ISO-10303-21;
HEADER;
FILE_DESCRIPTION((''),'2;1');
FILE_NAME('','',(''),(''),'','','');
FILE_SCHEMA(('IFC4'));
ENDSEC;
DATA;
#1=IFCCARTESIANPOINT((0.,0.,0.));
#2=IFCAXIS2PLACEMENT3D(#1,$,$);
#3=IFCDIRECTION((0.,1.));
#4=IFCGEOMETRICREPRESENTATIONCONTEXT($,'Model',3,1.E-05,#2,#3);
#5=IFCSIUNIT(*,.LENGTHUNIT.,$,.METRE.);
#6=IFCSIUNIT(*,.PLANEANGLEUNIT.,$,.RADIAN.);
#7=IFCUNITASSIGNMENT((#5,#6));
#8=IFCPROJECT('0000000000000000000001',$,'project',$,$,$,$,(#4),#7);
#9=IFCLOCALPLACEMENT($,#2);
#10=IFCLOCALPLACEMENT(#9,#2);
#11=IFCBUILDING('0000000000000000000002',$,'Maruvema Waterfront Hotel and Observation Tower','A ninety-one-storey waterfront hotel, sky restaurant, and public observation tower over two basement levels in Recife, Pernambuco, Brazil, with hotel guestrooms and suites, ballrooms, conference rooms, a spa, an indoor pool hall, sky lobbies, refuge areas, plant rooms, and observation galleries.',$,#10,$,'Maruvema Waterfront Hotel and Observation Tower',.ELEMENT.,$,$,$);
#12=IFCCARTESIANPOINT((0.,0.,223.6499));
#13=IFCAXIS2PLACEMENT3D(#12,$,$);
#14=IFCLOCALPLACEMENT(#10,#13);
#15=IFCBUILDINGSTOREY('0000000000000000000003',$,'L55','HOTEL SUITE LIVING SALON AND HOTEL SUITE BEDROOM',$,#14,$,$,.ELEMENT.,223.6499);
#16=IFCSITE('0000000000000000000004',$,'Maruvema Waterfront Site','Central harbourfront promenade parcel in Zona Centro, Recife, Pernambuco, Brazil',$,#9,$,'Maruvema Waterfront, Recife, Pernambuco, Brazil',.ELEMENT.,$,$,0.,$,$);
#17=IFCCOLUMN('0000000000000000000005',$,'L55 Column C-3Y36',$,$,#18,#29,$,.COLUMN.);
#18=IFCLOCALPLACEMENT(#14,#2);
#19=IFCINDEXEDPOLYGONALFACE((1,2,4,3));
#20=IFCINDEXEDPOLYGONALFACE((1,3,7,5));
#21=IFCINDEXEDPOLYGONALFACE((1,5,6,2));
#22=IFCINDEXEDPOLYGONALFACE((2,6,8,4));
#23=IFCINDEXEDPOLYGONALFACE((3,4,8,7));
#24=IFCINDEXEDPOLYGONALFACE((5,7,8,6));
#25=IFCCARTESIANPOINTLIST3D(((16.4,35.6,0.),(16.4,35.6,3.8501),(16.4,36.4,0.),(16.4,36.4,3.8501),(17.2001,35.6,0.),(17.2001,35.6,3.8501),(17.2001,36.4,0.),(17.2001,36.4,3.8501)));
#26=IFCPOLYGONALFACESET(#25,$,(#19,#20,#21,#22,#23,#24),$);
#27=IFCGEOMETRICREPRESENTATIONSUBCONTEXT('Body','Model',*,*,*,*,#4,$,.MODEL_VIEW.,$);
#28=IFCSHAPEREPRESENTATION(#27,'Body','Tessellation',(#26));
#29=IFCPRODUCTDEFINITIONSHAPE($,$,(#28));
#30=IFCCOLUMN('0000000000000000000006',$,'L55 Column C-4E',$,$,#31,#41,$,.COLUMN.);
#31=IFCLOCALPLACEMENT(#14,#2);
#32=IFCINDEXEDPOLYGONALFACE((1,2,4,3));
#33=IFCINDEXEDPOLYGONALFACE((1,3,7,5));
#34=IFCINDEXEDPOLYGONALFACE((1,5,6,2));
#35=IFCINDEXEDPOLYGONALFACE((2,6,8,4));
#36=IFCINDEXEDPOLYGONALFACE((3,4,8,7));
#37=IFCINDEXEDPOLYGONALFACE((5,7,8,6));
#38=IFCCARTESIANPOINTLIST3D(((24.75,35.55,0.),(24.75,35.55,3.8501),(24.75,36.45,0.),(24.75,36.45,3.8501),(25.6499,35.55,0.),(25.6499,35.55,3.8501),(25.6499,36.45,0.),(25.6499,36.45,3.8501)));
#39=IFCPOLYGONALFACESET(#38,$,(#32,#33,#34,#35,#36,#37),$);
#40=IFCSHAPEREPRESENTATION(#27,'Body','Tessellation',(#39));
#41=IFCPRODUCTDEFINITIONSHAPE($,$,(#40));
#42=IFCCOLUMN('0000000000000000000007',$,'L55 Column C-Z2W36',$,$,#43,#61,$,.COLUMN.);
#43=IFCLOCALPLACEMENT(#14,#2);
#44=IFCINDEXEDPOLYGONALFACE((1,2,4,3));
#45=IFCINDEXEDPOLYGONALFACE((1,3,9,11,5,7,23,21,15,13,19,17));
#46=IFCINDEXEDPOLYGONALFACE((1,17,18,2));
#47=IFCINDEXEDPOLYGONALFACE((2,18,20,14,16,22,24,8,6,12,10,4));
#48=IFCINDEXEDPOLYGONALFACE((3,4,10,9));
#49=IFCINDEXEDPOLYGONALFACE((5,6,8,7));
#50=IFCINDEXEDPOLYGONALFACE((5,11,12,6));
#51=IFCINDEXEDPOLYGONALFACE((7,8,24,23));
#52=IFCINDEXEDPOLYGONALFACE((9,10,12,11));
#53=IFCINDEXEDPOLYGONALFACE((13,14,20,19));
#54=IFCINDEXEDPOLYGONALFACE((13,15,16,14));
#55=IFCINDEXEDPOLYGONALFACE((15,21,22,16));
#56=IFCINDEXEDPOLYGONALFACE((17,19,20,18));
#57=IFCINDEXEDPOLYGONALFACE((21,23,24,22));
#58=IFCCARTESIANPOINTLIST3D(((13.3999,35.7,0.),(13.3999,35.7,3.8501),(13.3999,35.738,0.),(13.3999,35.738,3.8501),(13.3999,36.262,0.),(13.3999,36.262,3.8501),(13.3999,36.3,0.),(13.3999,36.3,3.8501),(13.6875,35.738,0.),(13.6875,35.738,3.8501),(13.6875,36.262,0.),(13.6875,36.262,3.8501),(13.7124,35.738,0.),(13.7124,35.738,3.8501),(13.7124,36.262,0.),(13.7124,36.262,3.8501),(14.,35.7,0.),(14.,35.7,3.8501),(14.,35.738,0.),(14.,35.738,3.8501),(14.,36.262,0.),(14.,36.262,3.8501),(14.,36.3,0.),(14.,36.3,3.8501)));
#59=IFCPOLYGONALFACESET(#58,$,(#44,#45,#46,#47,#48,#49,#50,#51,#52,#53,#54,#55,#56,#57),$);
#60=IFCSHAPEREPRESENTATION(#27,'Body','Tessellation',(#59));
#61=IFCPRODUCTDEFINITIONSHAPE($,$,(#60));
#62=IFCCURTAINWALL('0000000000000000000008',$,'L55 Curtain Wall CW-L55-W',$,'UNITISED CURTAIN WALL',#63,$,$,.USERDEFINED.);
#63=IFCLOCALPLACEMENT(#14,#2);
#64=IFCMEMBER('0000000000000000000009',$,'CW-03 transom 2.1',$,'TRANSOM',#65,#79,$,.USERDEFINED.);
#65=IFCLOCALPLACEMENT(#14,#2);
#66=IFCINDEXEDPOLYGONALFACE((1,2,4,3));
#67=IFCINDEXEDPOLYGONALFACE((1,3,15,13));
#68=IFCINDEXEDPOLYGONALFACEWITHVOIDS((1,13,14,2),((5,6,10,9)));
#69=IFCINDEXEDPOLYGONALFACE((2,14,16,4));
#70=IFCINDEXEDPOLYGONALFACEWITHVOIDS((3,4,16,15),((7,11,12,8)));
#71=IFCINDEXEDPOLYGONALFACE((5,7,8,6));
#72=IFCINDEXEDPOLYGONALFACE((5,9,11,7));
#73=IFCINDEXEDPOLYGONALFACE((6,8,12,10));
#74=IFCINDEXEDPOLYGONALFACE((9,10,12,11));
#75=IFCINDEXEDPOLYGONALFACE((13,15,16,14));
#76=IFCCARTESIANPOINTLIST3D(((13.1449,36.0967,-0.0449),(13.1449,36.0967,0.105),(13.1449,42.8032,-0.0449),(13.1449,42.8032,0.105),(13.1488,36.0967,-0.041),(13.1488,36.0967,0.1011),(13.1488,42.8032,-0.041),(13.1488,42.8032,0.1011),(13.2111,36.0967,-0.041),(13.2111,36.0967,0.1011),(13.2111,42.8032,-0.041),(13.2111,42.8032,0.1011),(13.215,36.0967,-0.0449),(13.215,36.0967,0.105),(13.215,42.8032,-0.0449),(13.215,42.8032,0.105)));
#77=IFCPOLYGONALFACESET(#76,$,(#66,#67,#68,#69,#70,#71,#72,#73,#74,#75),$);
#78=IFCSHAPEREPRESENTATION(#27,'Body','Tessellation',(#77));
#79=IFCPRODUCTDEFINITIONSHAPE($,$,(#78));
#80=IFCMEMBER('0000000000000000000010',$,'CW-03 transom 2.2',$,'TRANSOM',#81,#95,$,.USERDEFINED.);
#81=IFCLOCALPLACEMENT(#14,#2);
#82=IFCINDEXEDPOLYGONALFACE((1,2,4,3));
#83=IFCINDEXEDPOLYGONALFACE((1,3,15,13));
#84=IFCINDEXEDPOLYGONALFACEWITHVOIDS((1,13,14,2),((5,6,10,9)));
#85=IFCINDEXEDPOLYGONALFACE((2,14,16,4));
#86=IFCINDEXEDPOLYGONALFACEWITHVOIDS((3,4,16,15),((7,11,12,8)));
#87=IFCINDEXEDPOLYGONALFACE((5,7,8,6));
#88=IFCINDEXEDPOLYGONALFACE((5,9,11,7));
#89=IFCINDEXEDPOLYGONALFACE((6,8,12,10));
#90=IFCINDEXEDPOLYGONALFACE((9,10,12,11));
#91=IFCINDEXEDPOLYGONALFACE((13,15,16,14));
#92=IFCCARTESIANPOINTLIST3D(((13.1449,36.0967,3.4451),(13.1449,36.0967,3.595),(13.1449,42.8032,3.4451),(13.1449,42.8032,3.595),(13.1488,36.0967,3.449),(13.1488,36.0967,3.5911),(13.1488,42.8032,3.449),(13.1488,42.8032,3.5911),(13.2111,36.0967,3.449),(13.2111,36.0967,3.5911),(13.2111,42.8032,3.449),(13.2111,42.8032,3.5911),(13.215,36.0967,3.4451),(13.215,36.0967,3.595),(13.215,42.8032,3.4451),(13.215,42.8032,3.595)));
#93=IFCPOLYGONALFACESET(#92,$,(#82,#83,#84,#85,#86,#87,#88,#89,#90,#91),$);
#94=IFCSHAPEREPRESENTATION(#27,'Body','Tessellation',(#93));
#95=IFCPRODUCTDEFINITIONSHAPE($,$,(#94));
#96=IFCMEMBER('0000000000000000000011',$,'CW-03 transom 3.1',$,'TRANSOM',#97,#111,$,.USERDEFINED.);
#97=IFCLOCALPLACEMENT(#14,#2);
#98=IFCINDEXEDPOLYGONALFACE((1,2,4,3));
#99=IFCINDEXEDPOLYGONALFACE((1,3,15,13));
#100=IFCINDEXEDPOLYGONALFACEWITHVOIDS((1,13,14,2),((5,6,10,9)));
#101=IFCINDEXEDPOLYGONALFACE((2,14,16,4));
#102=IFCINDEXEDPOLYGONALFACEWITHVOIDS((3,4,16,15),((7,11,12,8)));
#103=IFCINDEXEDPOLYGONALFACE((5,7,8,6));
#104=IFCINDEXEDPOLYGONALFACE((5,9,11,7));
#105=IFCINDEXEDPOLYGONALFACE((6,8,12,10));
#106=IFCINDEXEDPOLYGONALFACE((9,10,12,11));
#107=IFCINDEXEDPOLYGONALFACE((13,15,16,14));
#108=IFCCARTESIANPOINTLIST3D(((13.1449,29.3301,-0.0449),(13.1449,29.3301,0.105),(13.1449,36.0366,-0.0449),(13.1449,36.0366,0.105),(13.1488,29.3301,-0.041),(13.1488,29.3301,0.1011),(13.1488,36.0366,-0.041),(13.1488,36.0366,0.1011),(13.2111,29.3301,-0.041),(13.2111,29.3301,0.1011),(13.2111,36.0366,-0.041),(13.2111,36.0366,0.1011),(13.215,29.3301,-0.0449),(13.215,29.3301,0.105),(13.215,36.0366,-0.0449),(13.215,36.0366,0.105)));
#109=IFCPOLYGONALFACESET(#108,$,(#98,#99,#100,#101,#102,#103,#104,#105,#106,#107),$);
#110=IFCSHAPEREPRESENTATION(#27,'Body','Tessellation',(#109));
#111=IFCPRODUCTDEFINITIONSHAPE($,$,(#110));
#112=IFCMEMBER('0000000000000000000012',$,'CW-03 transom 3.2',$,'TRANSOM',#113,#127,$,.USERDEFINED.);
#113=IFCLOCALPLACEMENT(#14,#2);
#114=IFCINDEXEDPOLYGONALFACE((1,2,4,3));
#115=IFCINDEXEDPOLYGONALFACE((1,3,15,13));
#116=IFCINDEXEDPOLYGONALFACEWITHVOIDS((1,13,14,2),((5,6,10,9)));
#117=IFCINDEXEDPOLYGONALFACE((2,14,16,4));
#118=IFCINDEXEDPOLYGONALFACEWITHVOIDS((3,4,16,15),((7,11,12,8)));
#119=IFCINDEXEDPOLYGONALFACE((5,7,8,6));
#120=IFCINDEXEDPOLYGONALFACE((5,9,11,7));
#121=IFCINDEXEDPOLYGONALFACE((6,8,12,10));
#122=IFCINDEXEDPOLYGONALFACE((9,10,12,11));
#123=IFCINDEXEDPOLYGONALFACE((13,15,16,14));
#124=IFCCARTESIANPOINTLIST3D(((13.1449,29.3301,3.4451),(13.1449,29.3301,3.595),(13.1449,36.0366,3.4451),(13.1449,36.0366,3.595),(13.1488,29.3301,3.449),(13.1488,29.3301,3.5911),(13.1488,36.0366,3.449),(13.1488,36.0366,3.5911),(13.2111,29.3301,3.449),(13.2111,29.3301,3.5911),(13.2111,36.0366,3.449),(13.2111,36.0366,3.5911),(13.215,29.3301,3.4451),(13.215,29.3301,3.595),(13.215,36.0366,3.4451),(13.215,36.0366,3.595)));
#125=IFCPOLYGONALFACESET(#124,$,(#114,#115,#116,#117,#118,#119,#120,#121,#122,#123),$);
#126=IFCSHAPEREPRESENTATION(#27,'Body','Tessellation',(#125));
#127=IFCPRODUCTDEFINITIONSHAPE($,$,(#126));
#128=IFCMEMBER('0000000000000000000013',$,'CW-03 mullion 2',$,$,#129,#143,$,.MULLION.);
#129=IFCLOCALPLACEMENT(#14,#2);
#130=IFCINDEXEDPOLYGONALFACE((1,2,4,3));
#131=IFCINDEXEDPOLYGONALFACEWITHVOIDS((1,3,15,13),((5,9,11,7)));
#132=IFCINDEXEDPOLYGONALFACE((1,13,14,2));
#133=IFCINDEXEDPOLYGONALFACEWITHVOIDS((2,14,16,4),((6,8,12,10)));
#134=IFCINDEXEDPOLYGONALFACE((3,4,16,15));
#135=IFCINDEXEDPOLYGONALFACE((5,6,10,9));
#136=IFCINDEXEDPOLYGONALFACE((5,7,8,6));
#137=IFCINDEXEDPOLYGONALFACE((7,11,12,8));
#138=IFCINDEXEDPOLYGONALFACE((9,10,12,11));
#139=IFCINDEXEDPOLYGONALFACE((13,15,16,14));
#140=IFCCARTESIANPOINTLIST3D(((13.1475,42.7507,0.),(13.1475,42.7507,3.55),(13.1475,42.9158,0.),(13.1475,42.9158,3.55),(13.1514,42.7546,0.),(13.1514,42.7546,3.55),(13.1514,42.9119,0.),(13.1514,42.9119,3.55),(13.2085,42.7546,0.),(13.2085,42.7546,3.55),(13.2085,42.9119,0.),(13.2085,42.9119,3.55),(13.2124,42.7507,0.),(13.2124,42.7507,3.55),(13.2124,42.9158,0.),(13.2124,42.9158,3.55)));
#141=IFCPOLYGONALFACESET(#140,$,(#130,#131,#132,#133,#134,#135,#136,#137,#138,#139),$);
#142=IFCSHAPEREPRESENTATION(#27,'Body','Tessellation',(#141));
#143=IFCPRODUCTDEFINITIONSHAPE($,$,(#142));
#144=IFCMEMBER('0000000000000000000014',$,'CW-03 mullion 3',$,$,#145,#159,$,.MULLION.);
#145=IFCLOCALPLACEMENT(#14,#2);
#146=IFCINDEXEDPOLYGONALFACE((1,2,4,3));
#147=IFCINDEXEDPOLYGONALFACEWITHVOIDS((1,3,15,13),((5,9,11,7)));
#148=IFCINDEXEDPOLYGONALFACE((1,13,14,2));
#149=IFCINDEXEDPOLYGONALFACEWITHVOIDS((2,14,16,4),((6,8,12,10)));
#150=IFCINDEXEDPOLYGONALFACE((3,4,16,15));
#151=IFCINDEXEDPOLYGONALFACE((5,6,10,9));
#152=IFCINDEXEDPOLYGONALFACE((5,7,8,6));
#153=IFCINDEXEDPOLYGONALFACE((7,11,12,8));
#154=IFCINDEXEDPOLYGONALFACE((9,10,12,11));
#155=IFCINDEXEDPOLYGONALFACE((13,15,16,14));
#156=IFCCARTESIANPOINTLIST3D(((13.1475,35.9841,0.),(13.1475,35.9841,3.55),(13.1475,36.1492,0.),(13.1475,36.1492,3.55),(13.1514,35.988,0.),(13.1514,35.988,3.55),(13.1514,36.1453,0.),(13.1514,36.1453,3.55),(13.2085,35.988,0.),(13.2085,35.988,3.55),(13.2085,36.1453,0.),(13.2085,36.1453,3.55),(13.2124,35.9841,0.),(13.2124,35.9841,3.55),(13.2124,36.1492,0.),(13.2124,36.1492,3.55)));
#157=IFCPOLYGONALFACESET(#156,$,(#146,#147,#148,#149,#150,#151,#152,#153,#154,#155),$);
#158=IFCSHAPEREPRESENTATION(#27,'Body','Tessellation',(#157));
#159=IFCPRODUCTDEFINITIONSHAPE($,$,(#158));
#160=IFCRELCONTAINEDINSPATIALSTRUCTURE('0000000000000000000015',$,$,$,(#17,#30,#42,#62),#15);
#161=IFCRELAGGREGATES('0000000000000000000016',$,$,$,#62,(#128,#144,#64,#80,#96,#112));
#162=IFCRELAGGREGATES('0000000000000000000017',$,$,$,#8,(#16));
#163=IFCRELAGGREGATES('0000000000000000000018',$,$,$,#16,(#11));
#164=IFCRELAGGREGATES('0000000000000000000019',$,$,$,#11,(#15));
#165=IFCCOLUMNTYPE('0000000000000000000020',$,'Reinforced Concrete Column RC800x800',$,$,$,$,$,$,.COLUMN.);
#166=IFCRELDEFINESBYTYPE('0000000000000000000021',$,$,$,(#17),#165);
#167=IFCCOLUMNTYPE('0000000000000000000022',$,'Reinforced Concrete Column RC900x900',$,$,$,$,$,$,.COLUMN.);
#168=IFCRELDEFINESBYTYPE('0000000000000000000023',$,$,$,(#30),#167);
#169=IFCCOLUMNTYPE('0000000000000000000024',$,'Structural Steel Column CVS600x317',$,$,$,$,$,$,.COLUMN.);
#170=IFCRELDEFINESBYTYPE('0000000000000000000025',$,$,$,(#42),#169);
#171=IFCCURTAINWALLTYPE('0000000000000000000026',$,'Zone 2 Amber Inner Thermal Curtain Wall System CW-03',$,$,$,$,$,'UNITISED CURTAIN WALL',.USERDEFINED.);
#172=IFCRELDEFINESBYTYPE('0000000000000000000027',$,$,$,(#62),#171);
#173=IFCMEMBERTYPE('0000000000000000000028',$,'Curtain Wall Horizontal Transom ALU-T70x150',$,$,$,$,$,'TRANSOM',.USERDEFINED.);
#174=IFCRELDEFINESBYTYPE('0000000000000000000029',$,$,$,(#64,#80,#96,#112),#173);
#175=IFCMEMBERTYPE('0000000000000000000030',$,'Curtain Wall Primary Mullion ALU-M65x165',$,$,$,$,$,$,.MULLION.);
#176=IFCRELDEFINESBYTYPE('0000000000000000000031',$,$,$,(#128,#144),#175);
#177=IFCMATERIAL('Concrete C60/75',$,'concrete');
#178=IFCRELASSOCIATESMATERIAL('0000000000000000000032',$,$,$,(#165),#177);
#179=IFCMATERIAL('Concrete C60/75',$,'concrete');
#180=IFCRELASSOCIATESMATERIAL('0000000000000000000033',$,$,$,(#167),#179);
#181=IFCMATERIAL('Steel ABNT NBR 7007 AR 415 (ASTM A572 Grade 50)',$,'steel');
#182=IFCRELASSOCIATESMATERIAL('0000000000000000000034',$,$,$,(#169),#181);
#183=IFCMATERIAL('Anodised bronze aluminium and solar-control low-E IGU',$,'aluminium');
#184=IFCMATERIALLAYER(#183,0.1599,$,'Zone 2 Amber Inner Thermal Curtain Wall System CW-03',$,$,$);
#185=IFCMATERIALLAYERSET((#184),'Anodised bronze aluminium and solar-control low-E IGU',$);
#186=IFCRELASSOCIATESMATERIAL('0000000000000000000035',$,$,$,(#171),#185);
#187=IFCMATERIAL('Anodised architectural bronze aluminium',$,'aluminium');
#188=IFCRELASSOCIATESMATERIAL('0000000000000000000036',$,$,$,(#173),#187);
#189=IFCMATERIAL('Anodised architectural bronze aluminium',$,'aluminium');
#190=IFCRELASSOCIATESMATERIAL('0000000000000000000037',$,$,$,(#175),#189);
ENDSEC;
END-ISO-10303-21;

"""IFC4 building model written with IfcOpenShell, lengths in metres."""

from ifc_helpers import new_model, si_unit, direction, frame, origin, origin_2d, place, context, subcontext, project, spatial, rectangle, hollow_rectangle, i_section, extrude, material, layer, layer_set, material_profile, profile_set, type_object, element, aggregate, save


model = new_model("IFC4")

# Units and contexts
model_context = context("Model", 3, precision=1e-05, world=origin(), true_north=direction((0.0, 1.0)))
body_context = subcontext(model_context, "Body", "Model", "MODEL_VIEW")
ifc_project = project(units=[si_unit("LENGTHUNIT", "METRE"), si_unit("PLANEANGLEUNIT", "RADIAN")], contexts=[model_context])

# Site, building, storey
site_placement = place(None, origin())
site = spatial("IfcSite", under=ifc_project, at=site_placement, Name="Maruvema Waterfront Site", Description="Central harbourfront promenade parcel in Zona Centro, Recife, Pernambuco, Brazil", LongName="Maruvema Waterfront, Recife, Pernambuco, Brazil", CompositionType="ELEMENT", RefElevation=0.0)
building_placement = place(site_placement, origin())
building = spatial("IfcBuilding", under=site, at=building_placement, Name="Maruvema Waterfront Hotel and Observation Tower", Description="A ninety-one-storey waterfront hotel, sky restaurant, and public observation tower over two basement levels in Recife, Pernambuco, Brazil, with hotel guestrooms and suites, ballrooms, conference rooms, a spa, an indoor pool hall, sky lobbies, refuge areas, plant rooms, and observation galleries.", LongName="Maruvema Waterfront Hotel and Observation Tower", CompositionType="ELEMENT")
storey_placement = place(building_placement, frame((0.0, 0.0, 223.6499)))
storey = spatial("IfcBuildingStorey", under=building, at=storey_placement, Name="L55", Description="HOTEL SUITE LIVING SALON AND HOTEL SUITE BEDROOM", CompositionType="ELEMENT", Elevation=223.6499)

# Columns
ifc_material_1 = material(Name="Concrete C60/75", Category="concrete")
ifc_material_profile_1 = material_profile(ifc_material_1, rectangle(XDim=0.8, YDim=0.8, at=origin_2d()), Name="RC800x800")
ifc_profile_set_1 = profile_set([ifc_material_profile_1], Name="Concrete C60/75")
column_type_1 = type_object("IfcColumnType", Name="Reinforced Concrete Column RC800x800", PredefinedType="COLUMN", material=ifc_profile_set_1)
column_1_placement = place(storey_placement, frame((16.8, 36.0, 0.0), z_axis=(0.0, 0.0, 1.0), x_axis=(1.0, 0.0, 0.0)))
element("IfcColumn", 1, at=column_1_placement, inside=storey, type_object=column_type_1, Name="L55 Column C-3Y36", PredefinedType="COLUMN", context=body_context, shape_type="SweptSolid", body=[
    extrude(rectangle(XDim=0.8, YDim=0.8, at=origin_2d()), origin(), (0.0, 0.0, 1.0), 3.8501),
])
ifc_material_2 = material(Name="Concrete C60/75", Category="concrete")
ifc_material_profile_2 = material_profile(ifc_material_2, rectangle(XDim=0.8999, YDim=0.8999, at=origin_2d()), Name="RC900x900")
ifc_profile_set_2 = profile_set([ifc_material_profile_2], Name="Concrete C60/75")
column_type_2 = type_object("IfcColumnType", Name="Reinforced Concrete Column RC900x900", PredefinedType="COLUMN", material=ifc_profile_set_2)
column_2_placement = place(storey_placement, frame((25.2, 36.0, 0.0), z_axis=(0.0, 0.0, 1.0), x_axis=(1.0, 0.0, 0.0)))
element("IfcColumn", 2, at=column_2_placement, inside=storey, type_object=column_type_2, Name="L55 Column C-4E", PredefinedType="COLUMN", context=body_context, shape_type="SweptSolid", body=[
    extrude(rectangle(XDim=0.8999, YDim=0.8999, at=origin_2d()), origin(), (0.0, 0.0, 1.0), 3.8501),
])
ifc_material_3 = material(Name="Steel ABNT NBR 7007 AR 415 (ASTM A572 Grade 50)", Category="steel")
ifc_material_profile_3 = material_profile(ifc_material_3, i_section(OverallWidth=0.6001, OverallDepth=0.6001, WebThickness=0.0249, FlangeThickness=0.0381, at=origin_2d()), Name="CVS600x317")
ifc_profile_set_3 = profile_set([ifc_material_profile_3], Name="Steel ABNT NBR 7007 AR 415 (ASTM A572 Grade 50)")
column_type_3 = type_object("IfcColumnType", Name="Structural Steel Column CVS600x317", PredefinedType="COLUMN", material=ifc_profile_set_3)
column_3_placement = place(storey_placement, frame((13.7, 36.0, 0.0), z_axis=(0.0, 0.0, 1.0), x_axis=(1.0, 0.0, 0.0)))
element("IfcColumn", 3, at=column_3_placement, inside=storey, type_object=column_type_3, Name="L55 Column C-Z2W36", PredefinedType="COLUMN", context=body_context, shape_type="SweptSolid", body=[
    extrude(i_section(OverallWidth=0.6001, OverallDepth=0.6001, WebThickness=0.0249, FlangeThickness=0.0381, at=origin_2d()), origin(), (0.0, 0.0, 1.0), 3.8501),
])

# Curtain wall, members
ifc_material_4 = material(Name="Anodised bronze aluminium and solar-control low-E IGU", Category="aluminium")
ifc_layer_1 = layer(ifc_material_4, 0.1599, Name="Zone 2 Amber Inner Thermal Curtain Wall System CW-03")
ifc_layer_set_1 = layer_set([ifc_layer_1], Name="Anodised bronze aluminium and solar-control low-E IGU")
curtain_wall_type = type_object("IfcCurtainWallType", Name="Zone 2 Amber Inner Thermal Curtain Wall System CW-03", ElementType="UNITISED CURTAIN WALL", PredefinedType="USERDEFINED", material=ifc_layer_set_1)
curtain_wall_placement = place(storey_placement, origin())
curtain_wall = element("IfcCurtainWall", 4, at=curtain_wall_placement, inside=storey, type_object=curtain_wall_type, Name="L55 Curtain Wall CW-L55-W", ObjectType="UNITISED CURTAIN WALL", PredefinedType="USERDEFINED")
ifc_material_5 = material(Name="Anodised architectural bronze aluminium", Category="aluminium")
ifc_material_profile_4 = material_profile(ifc_material_5, hollow_rectangle(XDim=0.0701, YDim=0.1499, WallThickness=0.0039, at=origin_2d()), Name="ALU-T70x150")
ifc_profile_set_4 = profile_set([ifc_material_profile_4], Name="Anodised architectural bronze aluminium")
member_type_1 = type_object("IfcMemberType", Name="Curtain Wall Horizontal Transom ALU-T70x150", ElementType="TRANSOM", PredefinedType="USERDEFINED", material=ifc_profile_set_4)
member_1_placement = place(storey_placement, frame((13.1799, 42.8032, 0.03), z_axis=(0.0, -1.0, 0.0), x_axis=(1.0, 0.0, 0.0)))
member_1 = element("IfcMember", 5, at=member_1_placement, type_object=member_type_1, Name="CW-03 transom 2.1", ObjectType="TRANSOM", PredefinedType="USERDEFINED", context=body_context, shape_type="SweptSolid", body=[
    extrude(hollow_rectangle(XDim=0.0701, YDim=0.1499, WallThickness=0.0039, at=origin_2d()), origin(), (0.0, 0.0, 1.0), 6.7065),
])
member_2_placement = place(storey_placement, frame((13.1799, 42.8032, 3.52), z_axis=(0.0, -1.0, 0.0), x_axis=(1.0, 0.0, 0.0)))
member_2 = element("IfcMember", 6, at=member_2_placement, type_object=member_type_1, Name="CW-03 transom 2.2", ObjectType="TRANSOM", PredefinedType="USERDEFINED", context=body_context, shape_type="SweptSolid", body=[
    extrude(hollow_rectangle(XDim=0.0701, YDim=0.1499, WallThickness=0.0039, at=origin_2d()), origin(), (0.0, 0.0, 1.0), 6.7065),
])
member_3_placement = place(storey_placement, frame((13.1799, 36.0366, 0.03), z_axis=(0.0, -1.0, 0.0), x_axis=(1.0, 0.0, 0.0)))
member_3 = element("IfcMember", 7, at=member_3_placement, type_object=member_type_1, Name="CW-03 transom 3.1", ObjectType="TRANSOM", PredefinedType="USERDEFINED", context=body_context, shape_type="SweptSolid", body=[
    extrude(hollow_rectangle(XDim=0.0701, YDim=0.1499, WallThickness=0.0039, at=origin_2d()), origin(), (0.0, 0.0, 1.0), 6.7065),
])
member_4_placement = place(storey_placement, frame((13.1799, 36.0366, 3.52), z_axis=(0.0, -1.0, 0.0), x_axis=(1.0, 0.0, 0.0)))
member_4 = element("IfcMember", 8, at=member_4_placement, type_object=member_type_1, Name="CW-03 transom 3.2", ObjectType="TRANSOM", PredefinedType="USERDEFINED", context=body_context, shape_type="SweptSolid", body=[
    extrude(hollow_rectangle(XDim=0.0701, YDim=0.1499, WallThickness=0.0039, at=origin_2d()), origin(), (0.0, 0.0, 1.0), 6.7065),
])
ifc_material_6 = material(Name="Anodised architectural bronze aluminium", Category="aluminium")
ifc_material_profile_5 = material_profile(ifc_material_6, hollow_rectangle(XDim=0.0649, YDim=0.165, WallThickness=0.0039, at=origin_2d()), Name="ALU-M65x165")
ifc_profile_set_5 = profile_set([ifc_material_profile_5], Name="Anodised architectural bronze aluminium")
member_type_2 = type_object("IfcMemberType", Name="Curtain Wall Primary Mullion ALU-M65x165", PredefinedType="MULLION", material=ifc_profile_set_5)
member_5_placement = place(storey_placement, frame((13.1799, 42.8333, 0.0), z_axis=(0.0, 0.0, 1.0), x_axis=(1.0, 0.0, 0.0)))
member_5 = element("IfcMember", 9, at=member_5_placement, type_object=member_type_2, Name="CW-03 mullion 2", PredefinedType="MULLION", context=body_context, shape_type="SweptSolid", body=[
    extrude(hollow_rectangle(XDim=0.0649, YDim=0.165, WallThickness=0.0039, at=origin_2d()), origin(), (0.0, 0.0, 1.0), 3.55),
])
member_6_placement = place(storey_placement, frame((13.1799, 36.0667, 0.0), z_axis=(0.0, 0.0, 1.0), x_axis=(1.0, 0.0, 0.0)))
member_6 = element("IfcMember", 10, at=member_6_placement, type_object=member_type_2, Name="CW-03 mullion 3", PredefinedType="MULLION", context=body_context, shape_type="SweptSolid", body=[
    extrude(hollow_rectangle(XDim=0.0649, YDim=0.165, WallThickness=0.0039, at=origin_2d()), origin(), (0.0, 0.0, 1.0), 3.55),
])

aggregate(curtain_wall, [member_5, member_6, member_1, member_2, member_3, member_4])

save(model, "model.ifc")
